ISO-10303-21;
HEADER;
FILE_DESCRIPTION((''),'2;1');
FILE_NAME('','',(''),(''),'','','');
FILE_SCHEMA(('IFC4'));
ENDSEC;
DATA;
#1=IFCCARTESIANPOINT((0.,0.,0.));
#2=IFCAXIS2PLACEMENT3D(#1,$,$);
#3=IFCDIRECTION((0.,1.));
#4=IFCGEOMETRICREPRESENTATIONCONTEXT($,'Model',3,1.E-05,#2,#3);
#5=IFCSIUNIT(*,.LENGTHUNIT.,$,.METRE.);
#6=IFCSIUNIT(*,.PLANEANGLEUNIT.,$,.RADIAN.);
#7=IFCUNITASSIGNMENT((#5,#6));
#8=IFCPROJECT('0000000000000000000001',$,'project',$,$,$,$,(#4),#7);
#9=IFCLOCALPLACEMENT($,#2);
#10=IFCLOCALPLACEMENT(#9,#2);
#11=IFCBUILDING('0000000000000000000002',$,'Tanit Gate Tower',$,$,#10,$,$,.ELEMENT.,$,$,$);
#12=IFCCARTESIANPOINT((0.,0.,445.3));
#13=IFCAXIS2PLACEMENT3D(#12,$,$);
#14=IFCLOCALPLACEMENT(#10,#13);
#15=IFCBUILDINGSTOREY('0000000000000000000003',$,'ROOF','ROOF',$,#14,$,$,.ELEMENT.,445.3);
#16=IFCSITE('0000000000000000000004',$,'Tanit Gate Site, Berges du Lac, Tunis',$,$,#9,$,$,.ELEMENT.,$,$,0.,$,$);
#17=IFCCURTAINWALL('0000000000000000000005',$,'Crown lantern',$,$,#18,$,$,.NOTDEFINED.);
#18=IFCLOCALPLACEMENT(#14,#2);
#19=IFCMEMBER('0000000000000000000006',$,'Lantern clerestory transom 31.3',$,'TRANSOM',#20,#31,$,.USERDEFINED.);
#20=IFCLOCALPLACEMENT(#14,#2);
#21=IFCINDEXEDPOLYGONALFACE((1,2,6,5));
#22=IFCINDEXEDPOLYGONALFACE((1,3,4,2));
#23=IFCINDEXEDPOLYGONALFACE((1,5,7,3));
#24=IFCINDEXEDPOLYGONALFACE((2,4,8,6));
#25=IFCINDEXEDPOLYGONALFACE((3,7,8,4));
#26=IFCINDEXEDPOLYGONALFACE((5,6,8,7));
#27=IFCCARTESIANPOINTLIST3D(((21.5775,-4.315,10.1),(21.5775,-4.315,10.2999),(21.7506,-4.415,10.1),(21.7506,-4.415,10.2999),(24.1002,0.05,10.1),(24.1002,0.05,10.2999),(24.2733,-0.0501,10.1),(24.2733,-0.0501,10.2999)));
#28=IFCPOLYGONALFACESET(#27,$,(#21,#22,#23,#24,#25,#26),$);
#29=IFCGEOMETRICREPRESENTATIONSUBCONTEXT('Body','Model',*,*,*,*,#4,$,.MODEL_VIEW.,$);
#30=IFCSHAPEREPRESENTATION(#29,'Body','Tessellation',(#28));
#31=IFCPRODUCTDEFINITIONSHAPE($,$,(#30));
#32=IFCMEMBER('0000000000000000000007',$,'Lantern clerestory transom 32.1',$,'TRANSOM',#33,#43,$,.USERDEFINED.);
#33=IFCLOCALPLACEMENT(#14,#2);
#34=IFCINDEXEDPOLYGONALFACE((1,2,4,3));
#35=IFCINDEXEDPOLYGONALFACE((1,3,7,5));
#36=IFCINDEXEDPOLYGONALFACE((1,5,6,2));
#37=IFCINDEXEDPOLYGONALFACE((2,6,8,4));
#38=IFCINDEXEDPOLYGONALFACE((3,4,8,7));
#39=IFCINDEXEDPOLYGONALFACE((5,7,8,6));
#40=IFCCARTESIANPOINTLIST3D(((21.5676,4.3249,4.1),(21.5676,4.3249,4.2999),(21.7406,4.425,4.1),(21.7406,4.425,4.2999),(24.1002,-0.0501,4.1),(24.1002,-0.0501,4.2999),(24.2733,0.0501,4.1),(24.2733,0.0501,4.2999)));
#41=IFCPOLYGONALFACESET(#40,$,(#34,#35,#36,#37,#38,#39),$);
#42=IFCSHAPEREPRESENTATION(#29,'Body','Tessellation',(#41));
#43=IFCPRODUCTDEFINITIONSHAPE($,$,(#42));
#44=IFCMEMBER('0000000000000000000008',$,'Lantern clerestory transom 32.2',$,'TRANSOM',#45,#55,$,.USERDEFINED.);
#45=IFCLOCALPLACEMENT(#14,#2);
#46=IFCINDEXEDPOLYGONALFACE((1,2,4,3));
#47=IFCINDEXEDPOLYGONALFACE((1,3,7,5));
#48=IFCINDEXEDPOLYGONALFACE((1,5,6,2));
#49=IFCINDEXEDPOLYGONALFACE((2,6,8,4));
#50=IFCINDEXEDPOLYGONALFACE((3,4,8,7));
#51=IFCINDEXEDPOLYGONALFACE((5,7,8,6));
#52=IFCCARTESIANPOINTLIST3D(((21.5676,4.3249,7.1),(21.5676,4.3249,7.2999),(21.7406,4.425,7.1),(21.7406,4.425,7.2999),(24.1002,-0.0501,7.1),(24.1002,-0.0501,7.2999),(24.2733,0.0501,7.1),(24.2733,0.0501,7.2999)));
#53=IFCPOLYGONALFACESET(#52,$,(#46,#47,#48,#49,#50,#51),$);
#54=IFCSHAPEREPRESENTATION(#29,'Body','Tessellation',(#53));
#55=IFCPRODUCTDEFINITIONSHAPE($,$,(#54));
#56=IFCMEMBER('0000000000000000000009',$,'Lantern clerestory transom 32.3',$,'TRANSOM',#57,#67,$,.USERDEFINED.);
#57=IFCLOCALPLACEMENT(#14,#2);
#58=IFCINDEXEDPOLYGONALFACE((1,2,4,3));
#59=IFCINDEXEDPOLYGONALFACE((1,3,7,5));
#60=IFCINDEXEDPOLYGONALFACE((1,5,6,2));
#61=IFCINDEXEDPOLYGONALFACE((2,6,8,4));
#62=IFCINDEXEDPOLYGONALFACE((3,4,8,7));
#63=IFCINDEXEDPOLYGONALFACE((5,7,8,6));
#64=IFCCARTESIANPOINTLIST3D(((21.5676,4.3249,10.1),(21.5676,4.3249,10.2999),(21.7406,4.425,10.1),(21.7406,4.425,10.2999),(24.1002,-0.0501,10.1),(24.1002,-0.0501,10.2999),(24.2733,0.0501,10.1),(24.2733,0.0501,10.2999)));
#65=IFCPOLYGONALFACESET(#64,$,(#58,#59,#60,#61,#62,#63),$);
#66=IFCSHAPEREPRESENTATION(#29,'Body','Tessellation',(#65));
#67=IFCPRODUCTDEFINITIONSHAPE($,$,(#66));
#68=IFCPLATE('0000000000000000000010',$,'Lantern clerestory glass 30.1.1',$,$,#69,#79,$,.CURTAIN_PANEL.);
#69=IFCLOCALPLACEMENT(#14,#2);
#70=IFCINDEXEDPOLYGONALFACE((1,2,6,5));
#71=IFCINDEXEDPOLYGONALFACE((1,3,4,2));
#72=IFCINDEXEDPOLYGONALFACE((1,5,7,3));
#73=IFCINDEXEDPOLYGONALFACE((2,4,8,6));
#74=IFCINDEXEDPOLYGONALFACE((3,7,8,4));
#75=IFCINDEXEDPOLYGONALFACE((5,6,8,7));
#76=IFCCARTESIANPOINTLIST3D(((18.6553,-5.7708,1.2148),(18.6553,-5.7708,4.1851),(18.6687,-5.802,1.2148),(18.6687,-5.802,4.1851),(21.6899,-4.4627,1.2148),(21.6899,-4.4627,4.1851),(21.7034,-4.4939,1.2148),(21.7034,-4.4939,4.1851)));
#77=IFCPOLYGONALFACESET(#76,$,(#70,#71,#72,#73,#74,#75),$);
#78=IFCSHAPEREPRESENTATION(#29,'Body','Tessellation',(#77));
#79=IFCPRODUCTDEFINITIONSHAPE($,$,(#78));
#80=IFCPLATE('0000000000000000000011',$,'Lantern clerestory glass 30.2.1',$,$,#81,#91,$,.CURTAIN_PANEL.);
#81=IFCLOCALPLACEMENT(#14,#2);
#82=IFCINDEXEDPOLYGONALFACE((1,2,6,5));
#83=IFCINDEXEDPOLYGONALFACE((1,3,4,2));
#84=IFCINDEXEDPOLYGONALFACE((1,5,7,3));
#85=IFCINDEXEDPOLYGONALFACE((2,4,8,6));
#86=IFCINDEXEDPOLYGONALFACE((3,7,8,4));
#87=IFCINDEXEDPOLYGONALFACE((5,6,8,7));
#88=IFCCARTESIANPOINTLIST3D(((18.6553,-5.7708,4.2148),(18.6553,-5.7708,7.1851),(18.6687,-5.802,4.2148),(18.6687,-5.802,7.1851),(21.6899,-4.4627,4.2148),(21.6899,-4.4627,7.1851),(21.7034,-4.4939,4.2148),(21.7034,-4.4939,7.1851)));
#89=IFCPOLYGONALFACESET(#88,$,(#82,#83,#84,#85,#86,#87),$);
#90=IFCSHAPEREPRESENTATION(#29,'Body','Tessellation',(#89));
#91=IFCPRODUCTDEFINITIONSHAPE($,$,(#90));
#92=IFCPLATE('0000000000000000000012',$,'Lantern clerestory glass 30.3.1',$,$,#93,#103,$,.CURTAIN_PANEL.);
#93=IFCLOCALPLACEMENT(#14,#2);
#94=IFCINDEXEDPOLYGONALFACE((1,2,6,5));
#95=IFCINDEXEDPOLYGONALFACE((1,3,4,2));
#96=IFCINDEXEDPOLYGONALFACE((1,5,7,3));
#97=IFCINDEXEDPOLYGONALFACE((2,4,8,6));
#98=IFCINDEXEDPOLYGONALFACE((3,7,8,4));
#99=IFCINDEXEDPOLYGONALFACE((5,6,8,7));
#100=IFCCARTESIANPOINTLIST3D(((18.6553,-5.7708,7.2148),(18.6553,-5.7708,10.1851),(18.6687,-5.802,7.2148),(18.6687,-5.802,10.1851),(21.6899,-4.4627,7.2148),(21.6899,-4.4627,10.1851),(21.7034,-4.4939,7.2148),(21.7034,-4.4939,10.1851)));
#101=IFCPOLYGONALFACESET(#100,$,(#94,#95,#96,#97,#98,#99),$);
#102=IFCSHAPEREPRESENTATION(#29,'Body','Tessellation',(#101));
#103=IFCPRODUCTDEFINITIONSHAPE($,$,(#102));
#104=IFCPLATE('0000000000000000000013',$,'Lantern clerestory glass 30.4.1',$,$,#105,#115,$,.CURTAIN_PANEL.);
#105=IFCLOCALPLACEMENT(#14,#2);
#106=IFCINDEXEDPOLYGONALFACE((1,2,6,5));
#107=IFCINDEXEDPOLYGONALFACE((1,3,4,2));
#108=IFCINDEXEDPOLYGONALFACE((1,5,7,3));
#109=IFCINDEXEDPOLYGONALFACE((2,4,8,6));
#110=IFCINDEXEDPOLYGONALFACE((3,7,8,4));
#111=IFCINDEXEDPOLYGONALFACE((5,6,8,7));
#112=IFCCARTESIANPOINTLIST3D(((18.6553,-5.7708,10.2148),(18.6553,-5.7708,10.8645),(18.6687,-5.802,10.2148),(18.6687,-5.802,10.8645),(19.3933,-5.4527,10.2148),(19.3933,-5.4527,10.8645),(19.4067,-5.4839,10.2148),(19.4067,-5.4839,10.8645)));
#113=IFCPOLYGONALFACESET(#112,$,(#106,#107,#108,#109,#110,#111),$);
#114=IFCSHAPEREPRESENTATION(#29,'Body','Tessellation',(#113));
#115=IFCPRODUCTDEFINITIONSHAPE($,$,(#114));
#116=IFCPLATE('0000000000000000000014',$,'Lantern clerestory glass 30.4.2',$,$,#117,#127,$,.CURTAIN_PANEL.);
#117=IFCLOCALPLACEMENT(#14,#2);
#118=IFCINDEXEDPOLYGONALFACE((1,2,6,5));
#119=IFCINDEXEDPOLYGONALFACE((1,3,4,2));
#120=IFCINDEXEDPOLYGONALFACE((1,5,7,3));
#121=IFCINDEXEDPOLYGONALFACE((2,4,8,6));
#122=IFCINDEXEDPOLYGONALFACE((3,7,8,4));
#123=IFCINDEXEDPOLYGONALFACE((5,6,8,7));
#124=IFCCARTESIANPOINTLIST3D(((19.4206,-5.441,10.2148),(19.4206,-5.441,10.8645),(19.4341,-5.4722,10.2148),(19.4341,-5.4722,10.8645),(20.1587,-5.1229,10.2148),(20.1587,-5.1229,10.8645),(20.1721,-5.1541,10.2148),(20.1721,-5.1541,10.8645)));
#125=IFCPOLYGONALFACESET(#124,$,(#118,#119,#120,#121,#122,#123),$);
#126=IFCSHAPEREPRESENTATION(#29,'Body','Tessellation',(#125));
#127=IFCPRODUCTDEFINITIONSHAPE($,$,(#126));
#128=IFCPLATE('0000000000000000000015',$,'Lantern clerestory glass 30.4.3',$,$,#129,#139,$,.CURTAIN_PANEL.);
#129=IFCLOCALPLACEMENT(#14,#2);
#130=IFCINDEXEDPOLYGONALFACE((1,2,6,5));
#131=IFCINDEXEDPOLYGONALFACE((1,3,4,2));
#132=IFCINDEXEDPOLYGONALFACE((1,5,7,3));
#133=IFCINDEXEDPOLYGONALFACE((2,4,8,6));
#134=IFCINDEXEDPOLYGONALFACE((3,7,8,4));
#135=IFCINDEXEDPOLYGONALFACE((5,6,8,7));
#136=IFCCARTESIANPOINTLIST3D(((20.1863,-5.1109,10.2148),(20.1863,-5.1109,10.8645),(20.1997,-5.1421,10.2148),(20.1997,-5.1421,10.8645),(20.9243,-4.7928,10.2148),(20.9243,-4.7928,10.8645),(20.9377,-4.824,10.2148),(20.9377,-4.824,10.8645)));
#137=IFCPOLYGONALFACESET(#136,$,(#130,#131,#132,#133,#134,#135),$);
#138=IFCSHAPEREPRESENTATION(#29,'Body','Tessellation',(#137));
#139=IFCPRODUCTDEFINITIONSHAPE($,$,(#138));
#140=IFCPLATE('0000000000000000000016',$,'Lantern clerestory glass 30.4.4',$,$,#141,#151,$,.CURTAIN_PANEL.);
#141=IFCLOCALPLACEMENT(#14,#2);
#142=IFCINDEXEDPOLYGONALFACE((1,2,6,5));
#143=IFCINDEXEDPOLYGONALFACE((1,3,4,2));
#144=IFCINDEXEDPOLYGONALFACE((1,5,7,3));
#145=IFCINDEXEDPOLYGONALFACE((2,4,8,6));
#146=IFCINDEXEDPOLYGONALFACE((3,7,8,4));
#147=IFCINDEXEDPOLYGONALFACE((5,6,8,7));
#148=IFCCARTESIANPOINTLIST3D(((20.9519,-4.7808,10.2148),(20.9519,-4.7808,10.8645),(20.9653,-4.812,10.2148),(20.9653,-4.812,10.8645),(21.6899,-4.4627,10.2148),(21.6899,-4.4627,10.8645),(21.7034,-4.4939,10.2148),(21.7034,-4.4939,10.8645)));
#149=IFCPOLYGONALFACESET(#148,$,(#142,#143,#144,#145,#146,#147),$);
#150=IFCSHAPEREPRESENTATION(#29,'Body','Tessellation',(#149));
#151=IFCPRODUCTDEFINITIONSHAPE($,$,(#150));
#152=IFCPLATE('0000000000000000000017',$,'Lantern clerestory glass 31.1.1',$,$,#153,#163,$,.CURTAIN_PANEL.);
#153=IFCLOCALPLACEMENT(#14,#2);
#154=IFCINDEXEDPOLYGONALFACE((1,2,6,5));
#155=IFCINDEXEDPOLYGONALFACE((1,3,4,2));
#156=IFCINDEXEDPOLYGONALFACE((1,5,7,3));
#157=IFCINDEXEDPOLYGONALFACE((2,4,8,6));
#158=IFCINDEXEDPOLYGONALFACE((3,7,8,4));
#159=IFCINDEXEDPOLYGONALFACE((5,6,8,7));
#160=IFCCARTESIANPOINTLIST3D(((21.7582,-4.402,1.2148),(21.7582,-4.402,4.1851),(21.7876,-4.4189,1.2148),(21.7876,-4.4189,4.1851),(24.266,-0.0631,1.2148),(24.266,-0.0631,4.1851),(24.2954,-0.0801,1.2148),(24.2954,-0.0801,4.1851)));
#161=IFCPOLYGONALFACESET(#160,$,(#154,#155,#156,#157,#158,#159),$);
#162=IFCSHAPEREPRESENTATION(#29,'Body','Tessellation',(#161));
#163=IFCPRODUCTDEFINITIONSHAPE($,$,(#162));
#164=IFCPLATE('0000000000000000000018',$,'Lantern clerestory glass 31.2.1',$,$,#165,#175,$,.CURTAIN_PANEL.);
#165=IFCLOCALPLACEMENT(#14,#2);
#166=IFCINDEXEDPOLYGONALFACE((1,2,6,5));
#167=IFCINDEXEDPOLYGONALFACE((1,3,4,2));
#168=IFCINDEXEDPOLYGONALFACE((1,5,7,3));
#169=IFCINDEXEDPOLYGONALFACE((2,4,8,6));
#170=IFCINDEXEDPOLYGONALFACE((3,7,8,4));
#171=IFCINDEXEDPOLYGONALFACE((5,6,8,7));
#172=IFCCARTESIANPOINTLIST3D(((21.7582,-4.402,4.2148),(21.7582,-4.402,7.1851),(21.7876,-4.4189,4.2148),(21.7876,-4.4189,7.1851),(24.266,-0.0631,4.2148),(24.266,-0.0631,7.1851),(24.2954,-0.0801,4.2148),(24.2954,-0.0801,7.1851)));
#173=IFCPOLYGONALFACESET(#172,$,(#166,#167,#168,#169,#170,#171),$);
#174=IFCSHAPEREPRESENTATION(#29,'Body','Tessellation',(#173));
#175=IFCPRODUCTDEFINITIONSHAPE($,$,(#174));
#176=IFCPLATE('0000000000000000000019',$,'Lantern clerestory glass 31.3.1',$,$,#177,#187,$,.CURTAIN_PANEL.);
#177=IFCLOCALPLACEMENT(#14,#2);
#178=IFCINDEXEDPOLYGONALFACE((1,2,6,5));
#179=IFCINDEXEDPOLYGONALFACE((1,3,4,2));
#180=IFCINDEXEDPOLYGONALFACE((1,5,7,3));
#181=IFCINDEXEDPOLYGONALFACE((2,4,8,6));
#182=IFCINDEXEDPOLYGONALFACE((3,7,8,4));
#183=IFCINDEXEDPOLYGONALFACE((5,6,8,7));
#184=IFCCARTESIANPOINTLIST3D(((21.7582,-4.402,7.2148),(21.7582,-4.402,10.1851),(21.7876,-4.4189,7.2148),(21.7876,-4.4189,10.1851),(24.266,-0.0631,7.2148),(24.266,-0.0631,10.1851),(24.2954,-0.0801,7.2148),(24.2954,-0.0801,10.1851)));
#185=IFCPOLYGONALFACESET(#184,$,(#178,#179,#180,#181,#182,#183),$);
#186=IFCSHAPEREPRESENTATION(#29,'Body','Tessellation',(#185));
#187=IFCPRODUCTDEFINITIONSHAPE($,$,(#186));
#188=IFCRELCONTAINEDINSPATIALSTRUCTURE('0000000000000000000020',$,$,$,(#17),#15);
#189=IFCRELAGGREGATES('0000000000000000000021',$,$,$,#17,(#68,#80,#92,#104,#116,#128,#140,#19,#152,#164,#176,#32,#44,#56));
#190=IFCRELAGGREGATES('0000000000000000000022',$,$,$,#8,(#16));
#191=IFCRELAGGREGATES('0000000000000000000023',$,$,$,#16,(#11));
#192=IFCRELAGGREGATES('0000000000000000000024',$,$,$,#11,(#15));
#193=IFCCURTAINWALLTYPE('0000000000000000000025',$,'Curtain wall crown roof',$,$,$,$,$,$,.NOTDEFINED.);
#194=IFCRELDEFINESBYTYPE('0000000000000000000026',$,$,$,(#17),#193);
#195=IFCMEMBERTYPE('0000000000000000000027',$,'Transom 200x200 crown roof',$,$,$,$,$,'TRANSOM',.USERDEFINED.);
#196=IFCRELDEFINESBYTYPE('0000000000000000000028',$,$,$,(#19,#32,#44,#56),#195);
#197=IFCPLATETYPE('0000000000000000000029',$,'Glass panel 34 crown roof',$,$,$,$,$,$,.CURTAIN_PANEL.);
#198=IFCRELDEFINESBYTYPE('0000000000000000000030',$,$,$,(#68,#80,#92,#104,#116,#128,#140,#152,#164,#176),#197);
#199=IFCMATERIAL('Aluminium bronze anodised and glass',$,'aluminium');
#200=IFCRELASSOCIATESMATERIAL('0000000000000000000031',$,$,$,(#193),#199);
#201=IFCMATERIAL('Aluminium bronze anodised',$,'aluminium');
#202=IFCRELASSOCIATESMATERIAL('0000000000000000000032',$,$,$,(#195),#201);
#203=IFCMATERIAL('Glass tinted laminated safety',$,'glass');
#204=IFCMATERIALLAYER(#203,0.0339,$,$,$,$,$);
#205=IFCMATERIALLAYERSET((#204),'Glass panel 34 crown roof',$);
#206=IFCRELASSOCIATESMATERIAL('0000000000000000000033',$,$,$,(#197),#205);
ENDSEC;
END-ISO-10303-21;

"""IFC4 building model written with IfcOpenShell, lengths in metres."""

from ifc_helpers import new_model, si_unit, direction, frame, origin, origin_2d, place, context, subcontext, project, spatial, polyline, rectangle, outline, extrude, material, layer, layer_set, material_profile, profile_set, type_object, element, aggregate, save


model = new_model("IFC4")

# Units and contexts
model_context = context("Model", 3, precision=1e-05, world=origin(), true_north=direction((0.0, 1.0)))
body_context = subcontext(model_context, "Body", "Model", "MODEL_VIEW")
ifc_project = project(units=[si_unit("LENGTHUNIT", "METRE"), si_unit("PLANEANGLEUNIT", "RADIAN")], contexts=[model_context])

# Site, building, storey
site_placement = place(None, origin())
site = spatial("IfcSite", under=ifc_project, at=site_placement, Name="Tanit Gate Site, Berges du Lac, Tunis", CompositionType="ELEMENT", RefElevation=0.0)
building_placement = place(site_placement, origin())
building = spatial("IfcBuilding", under=site, at=building_placement, Name="Tanit Gate Tower", CompositionType="ELEMENT")
storey_placement = place(building_placement, frame((0.0, 0.0, 445.3)))
storey = spatial("IfcBuildingStorey", under=building, at=storey_placement, Name="ROOF", Description="ROOF", CompositionType="ELEMENT", Elevation=445.3)

# Curtain wall, members, plates
ifc_material_1 = material(Name="Aluminium bronze anodised and glass", Category="aluminium")
curtain_wall_type = type_object("IfcCurtainWallType", Name="Curtain wall crown roof", PredefinedType="NOTDEFINED", material=ifc_material_1)
curtain_wall_placement = place(storey_placement, origin())
curtain_wall = element("IfcCurtainWall", 1, at=curtain_wall_placement, inside=storey, type_object=curtain_wall_type, Name="Crown lantern", PredefinedType="NOTDEFINED")
ifc_material_2 = material(Name="Aluminium bronze anodised", Category="aluminium")
ifc_material_profile_1 = material_profile(ifc_material_2, rectangle(XDim=0.2, YDim=0.2, at=origin_2d()), Name="200x200 bronze transom")
ifc_profile_set_1 = profile_set([ifc_material_profile_1], Name="Aluminium bronze anodised")
member_type_1 = type_object("IfcMemberType", Name="Transom 200x200 crown roof", ElementType="TRANSOM", PredefinedType="USERDEFINED", material=ifc_profile_set_1)
member_1_placement = place(storey_placement, frame((21.6641, -4.365, 10.2), z_axis=(0.500383, 0.865804, 0.0), x_axis=(-0.865804, 0.500383, 0.0)))
member_1 = element("IfcMember", 2, at=member_1_placement, type_object=member_type_1, Name="Lantern clerestory transom 31.3", ObjectType="TRANSOM", PredefinedType="USERDEFINED", context=body_context, shape_type="SweptSolid", body=[
    extrude(rectangle(XDim=0.2, YDim=0.2, at=origin_2d()), origin(), (0.0, 0.0, 1.0), 5.0415),
])
member_2_placement = place(storey_placement, frame((24.1868, 0.0, 4.2), z_axis=(-0.50101, 0.865442, 0.0), x_axis=(-0.865442, -0.50101, 0.0)))
member_2 = element("IfcMember", 3, at=member_2_placement, type_object=member_type_1, Name="Lantern clerestory transom 32.1", ObjectType="TRANSOM", PredefinedType="USERDEFINED", context=body_context, shape_type="SweptSolid", body=[
    extrude(rectangle(XDim=0.2, YDim=0.2, at=origin_2d()), origin(), (0.0, 0.0, 1.0), 5.0552),
])
member_3_placement = place(storey_placement, frame((24.1868, 0.0, 7.2), z_axis=(-0.50101, 0.865442, 0.0), x_axis=(-0.865442, -0.50101, 0.0)))
member_3 = element("IfcMember", 4, at=member_3_placement, type_object=member_type_1, Name="Lantern clerestory transom 32.2", ObjectType="TRANSOM", PredefinedType="USERDEFINED", context=body_context, shape_type="SweptSolid", body=[
    extrude(rectangle(XDim=0.2, YDim=0.2, at=origin_2d()), origin(), (0.0, 0.0, 1.0), 5.0552),
])
member_4_placement = place(storey_placement, frame((24.1868, 0.0, 10.2), z_axis=(-0.50101, 0.865442, 0.0), x_axis=(-0.865442, -0.50101, 0.0)))
member_4 = element("IfcMember", 5, at=member_4_placement, type_object=member_type_1, Name="Lantern clerestory transom 32.3", ObjectType="TRANSOM", PredefinedType="USERDEFINED", context=body_context, shape_type="SweptSolid", body=[
    extrude(rectangle(XDim=0.2, YDim=0.2, at=origin_2d()), origin(), (0.0, 0.0, 1.0), 5.0552),
])
ifc_material_3 = material(Name="Glass tinted laminated safety", Category="glass")
ifc_layer_1 = layer(ifc_material_3, 0.0339)
ifc_layer_set_1 = layer_set([ifc_layer_1], Name="Glass panel 34 crown roof")
plate_type = type_object("IfcPlateType", Name="Glass panel 34 crown roof", PredefinedType="CURTAIN_PANEL", material=ifc_layer_set_1)
plate_1_placement = place(storey_placement, frame((18.6687, -5.802, 1.2148), z_axis=(0.395844, -0.918318, 0.0), x_axis=(0.918318, 0.395844, 0.0)))
plate_1 = element("IfcPlate", 6, at=plate_1_placement, type_object=plate_type, Name="Lantern clerestory glass 30.1.1", PredefinedType="CURTAIN_PANEL", context=body_context, shape_type="SweptSolid", body=[
    extrude(outline(polyline([(0.0, 0.0), (3.3046, 0.0), (3.3046, 2.9702), (0.0, 2.9702), (0.0, 0.0)])), origin(), (0.0, 0.0, -1.0), 0.0339),
])
plate_2_placement = place(storey_placement, frame((18.6687, -5.802, 4.2148), z_axis=(0.395844, -0.918318, 0.0), x_axis=(0.918318, 0.395844, 0.0)))
plate_2 = element("IfcPlate", 7, at=plate_2_placement, type_object=plate_type, Name="Lantern clerestory glass 30.2.1", PredefinedType="CURTAIN_PANEL", context=body_context, shape_type="SweptSolid", body=[
    extrude(outline(polyline([(0.0, 0.0), (3.3046, 0.0), (3.3046, 2.9702), (0.0, 2.9702), (0.0, 0.0)])), origin(), (0.0, 0.0, -1.0), 0.0339),
])
plate_3_placement = place(storey_placement, frame((18.6687, -5.802, 7.2148), z_axis=(0.395844, -0.918318, 0.0), x_axis=(0.918318, 0.395844, 0.0)))
plate_3 = element("IfcPlate", 8, at=plate_3_placement, type_object=plate_type, Name="Lantern clerestory glass 30.3.1", PredefinedType="CURTAIN_PANEL", context=body_context, shape_type="SweptSolid", body=[
    extrude(outline(polyline([(0.0, 0.0), (3.3046, 0.0), (3.3046, 2.9702), (0.0, 2.9702), (0.0, 0.0)])), origin(), (0.0, 0.0, -1.0), 0.0339),
])
plate_4_placement = place(storey_placement, frame((18.6687, -5.802, 10.2148), z_axis=(0.395825, -0.918326, 0.0), x_axis=(0.918326, 0.395825, 0.0)))
plate_4 = element("IfcPlate", 9, at=plate_4_placement, type_object=plate_type, Name="Lantern clerestory glass 30.4.1", PredefinedType="CURTAIN_PANEL", context=body_context, shape_type="SweptSolid", body=[
    extrude(outline(polyline([(0.0, 0.0), (0.8037, 0.0), (0.8037, 0.6497), (0.0, 0.6497), (0.0, 0.0)])), origin(), (0.0, 0.0, -1.0), 0.0339),
])
plate_5_placement = place(storey_placement, frame((19.4341, -5.4722, 10.2148), z_axis=(0.395825, -0.918326, 0.0), x_axis=(0.918326, 0.395825, 0.0)))
plate_5 = element("IfcPlate", 10, at=plate_5_placement, type_object=plate_type, Name="Lantern clerestory glass 30.4.2", PredefinedType="CURTAIN_PANEL", context=body_context, shape_type="SweptSolid", body=[
    extrude(outline(polyline([(0.0, 0.0), (0.8037, 0.0), (0.8037, 0.6497), (0.0, 0.6497), (0.0, 0.0)])), origin(), (0.0, 0.0, -1.0), 0.0339),
])
plate_6_placement = place(storey_placement, frame((20.1997, -5.1421, 10.2148), z_axis=(0.395825, -0.918326, 0.0), x_axis=(0.918326, 0.395825, 0.0)))
plate_6 = element("IfcPlate", 11, at=plate_6_placement, type_object=plate_type, Name="Lantern clerestory glass 30.4.3", PredefinedType="CURTAIN_PANEL", context=body_context, shape_type="SweptSolid", body=[
    extrude(outline(polyline([(0.0, 0.0), (0.8037, 0.0), (0.8037, 0.6497), (0.0, 0.6497), (0.0, 0.0)])), origin(), (0.0, 0.0, -1.0), 0.0339),
])
plate_7_placement = place(storey_placement, frame((20.9653, -4.812, 10.2148), z_axis=(0.395825, -0.918326, 0.0), x_axis=(0.918326, 0.395825, 0.0)))
plate_7 = element("IfcPlate", 12, at=plate_7_placement, type_object=plate_type, Name="Lantern clerestory glass 30.4.4", PredefinedType="CURTAIN_PANEL", context=body_context, shape_type="SweptSolid", body=[
    extrude(outline(polyline([(0.0, 0.0), (0.8037, 0.0), (0.8037, 0.6497), (0.0, 0.6497), (0.0, 0.0)])), origin(), (0.0, 0.0, -1.0), 0.0339),
])
plate_8_placement = place(storey_placement, frame((21.7876, -4.4189, 1.2148), z_axis=(0.865786, -0.500414, 0.0), x_axis=(0.500414, 0.865786, 0.0)))
plate_8 = element("IfcPlate", 13, at=plate_8_placement, type_object=plate_type, Name="Lantern clerestory glass 31.1.1", PredefinedType="CURTAIN_PANEL", context=body_context, shape_type="SweptSolid", body=[
    extrude(outline(polyline([(0.0, 0.0), (5.0115, 0.0), (5.0115, 2.9702), (0.0, 2.9702), (0.0, 0.0)])), origin(), (0.0, 0.0, -1.0), 0.0339),
])
plate_9_placement = place(storey_placement, frame((21.7876, -4.4189, 4.2148), z_axis=(0.865786, -0.500414, 0.0), x_axis=(0.500414, 0.865786, 0.0)))
plate_9 = element("IfcPlate", 14, at=plate_9_placement, type_object=plate_type, Name="Lantern clerestory glass 31.2.1", PredefinedType="CURTAIN_PANEL", context=body_context, shape_type="SweptSolid", body=[
    extrude(outline(polyline([(0.0, 0.0), (5.0115, 0.0), (5.0115, 2.9702), (0.0, 2.9702), (0.0, 0.0)])), origin(), (0.0, 0.0, -1.0), 0.0339),
])
plate_10_placement = place(storey_placement, frame((21.7876, -4.4189, 7.2148), z_axis=(0.865786, -0.500414, 0.0), x_axis=(0.500414, 0.865786, 0.0)))
plate_10 = element("IfcPlate", 15, at=plate_10_placement, type_object=plate_type, Name="Lantern clerestory glass 31.3.1", PredefinedType="CURTAIN_PANEL", context=body_context, shape_type="SweptSolid", body=[
    extrude(outline(polyline([(0.0, 0.0), (5.0115, 0.0), (5.0115, 2.9702), (0.0, 2.9702), (0.0, 0.0)])), origin(), (0.0, 0.0, -1.0), 0.0339),
])
aggregate(curtain_wall, [plate_1, plate_2, plate_3, plate_4, plate_5, plate_6, plate_7, member_1, plate_8, plate_9, plate_10, member_2, member_3, member_4])

save(model, "model.ifc")
